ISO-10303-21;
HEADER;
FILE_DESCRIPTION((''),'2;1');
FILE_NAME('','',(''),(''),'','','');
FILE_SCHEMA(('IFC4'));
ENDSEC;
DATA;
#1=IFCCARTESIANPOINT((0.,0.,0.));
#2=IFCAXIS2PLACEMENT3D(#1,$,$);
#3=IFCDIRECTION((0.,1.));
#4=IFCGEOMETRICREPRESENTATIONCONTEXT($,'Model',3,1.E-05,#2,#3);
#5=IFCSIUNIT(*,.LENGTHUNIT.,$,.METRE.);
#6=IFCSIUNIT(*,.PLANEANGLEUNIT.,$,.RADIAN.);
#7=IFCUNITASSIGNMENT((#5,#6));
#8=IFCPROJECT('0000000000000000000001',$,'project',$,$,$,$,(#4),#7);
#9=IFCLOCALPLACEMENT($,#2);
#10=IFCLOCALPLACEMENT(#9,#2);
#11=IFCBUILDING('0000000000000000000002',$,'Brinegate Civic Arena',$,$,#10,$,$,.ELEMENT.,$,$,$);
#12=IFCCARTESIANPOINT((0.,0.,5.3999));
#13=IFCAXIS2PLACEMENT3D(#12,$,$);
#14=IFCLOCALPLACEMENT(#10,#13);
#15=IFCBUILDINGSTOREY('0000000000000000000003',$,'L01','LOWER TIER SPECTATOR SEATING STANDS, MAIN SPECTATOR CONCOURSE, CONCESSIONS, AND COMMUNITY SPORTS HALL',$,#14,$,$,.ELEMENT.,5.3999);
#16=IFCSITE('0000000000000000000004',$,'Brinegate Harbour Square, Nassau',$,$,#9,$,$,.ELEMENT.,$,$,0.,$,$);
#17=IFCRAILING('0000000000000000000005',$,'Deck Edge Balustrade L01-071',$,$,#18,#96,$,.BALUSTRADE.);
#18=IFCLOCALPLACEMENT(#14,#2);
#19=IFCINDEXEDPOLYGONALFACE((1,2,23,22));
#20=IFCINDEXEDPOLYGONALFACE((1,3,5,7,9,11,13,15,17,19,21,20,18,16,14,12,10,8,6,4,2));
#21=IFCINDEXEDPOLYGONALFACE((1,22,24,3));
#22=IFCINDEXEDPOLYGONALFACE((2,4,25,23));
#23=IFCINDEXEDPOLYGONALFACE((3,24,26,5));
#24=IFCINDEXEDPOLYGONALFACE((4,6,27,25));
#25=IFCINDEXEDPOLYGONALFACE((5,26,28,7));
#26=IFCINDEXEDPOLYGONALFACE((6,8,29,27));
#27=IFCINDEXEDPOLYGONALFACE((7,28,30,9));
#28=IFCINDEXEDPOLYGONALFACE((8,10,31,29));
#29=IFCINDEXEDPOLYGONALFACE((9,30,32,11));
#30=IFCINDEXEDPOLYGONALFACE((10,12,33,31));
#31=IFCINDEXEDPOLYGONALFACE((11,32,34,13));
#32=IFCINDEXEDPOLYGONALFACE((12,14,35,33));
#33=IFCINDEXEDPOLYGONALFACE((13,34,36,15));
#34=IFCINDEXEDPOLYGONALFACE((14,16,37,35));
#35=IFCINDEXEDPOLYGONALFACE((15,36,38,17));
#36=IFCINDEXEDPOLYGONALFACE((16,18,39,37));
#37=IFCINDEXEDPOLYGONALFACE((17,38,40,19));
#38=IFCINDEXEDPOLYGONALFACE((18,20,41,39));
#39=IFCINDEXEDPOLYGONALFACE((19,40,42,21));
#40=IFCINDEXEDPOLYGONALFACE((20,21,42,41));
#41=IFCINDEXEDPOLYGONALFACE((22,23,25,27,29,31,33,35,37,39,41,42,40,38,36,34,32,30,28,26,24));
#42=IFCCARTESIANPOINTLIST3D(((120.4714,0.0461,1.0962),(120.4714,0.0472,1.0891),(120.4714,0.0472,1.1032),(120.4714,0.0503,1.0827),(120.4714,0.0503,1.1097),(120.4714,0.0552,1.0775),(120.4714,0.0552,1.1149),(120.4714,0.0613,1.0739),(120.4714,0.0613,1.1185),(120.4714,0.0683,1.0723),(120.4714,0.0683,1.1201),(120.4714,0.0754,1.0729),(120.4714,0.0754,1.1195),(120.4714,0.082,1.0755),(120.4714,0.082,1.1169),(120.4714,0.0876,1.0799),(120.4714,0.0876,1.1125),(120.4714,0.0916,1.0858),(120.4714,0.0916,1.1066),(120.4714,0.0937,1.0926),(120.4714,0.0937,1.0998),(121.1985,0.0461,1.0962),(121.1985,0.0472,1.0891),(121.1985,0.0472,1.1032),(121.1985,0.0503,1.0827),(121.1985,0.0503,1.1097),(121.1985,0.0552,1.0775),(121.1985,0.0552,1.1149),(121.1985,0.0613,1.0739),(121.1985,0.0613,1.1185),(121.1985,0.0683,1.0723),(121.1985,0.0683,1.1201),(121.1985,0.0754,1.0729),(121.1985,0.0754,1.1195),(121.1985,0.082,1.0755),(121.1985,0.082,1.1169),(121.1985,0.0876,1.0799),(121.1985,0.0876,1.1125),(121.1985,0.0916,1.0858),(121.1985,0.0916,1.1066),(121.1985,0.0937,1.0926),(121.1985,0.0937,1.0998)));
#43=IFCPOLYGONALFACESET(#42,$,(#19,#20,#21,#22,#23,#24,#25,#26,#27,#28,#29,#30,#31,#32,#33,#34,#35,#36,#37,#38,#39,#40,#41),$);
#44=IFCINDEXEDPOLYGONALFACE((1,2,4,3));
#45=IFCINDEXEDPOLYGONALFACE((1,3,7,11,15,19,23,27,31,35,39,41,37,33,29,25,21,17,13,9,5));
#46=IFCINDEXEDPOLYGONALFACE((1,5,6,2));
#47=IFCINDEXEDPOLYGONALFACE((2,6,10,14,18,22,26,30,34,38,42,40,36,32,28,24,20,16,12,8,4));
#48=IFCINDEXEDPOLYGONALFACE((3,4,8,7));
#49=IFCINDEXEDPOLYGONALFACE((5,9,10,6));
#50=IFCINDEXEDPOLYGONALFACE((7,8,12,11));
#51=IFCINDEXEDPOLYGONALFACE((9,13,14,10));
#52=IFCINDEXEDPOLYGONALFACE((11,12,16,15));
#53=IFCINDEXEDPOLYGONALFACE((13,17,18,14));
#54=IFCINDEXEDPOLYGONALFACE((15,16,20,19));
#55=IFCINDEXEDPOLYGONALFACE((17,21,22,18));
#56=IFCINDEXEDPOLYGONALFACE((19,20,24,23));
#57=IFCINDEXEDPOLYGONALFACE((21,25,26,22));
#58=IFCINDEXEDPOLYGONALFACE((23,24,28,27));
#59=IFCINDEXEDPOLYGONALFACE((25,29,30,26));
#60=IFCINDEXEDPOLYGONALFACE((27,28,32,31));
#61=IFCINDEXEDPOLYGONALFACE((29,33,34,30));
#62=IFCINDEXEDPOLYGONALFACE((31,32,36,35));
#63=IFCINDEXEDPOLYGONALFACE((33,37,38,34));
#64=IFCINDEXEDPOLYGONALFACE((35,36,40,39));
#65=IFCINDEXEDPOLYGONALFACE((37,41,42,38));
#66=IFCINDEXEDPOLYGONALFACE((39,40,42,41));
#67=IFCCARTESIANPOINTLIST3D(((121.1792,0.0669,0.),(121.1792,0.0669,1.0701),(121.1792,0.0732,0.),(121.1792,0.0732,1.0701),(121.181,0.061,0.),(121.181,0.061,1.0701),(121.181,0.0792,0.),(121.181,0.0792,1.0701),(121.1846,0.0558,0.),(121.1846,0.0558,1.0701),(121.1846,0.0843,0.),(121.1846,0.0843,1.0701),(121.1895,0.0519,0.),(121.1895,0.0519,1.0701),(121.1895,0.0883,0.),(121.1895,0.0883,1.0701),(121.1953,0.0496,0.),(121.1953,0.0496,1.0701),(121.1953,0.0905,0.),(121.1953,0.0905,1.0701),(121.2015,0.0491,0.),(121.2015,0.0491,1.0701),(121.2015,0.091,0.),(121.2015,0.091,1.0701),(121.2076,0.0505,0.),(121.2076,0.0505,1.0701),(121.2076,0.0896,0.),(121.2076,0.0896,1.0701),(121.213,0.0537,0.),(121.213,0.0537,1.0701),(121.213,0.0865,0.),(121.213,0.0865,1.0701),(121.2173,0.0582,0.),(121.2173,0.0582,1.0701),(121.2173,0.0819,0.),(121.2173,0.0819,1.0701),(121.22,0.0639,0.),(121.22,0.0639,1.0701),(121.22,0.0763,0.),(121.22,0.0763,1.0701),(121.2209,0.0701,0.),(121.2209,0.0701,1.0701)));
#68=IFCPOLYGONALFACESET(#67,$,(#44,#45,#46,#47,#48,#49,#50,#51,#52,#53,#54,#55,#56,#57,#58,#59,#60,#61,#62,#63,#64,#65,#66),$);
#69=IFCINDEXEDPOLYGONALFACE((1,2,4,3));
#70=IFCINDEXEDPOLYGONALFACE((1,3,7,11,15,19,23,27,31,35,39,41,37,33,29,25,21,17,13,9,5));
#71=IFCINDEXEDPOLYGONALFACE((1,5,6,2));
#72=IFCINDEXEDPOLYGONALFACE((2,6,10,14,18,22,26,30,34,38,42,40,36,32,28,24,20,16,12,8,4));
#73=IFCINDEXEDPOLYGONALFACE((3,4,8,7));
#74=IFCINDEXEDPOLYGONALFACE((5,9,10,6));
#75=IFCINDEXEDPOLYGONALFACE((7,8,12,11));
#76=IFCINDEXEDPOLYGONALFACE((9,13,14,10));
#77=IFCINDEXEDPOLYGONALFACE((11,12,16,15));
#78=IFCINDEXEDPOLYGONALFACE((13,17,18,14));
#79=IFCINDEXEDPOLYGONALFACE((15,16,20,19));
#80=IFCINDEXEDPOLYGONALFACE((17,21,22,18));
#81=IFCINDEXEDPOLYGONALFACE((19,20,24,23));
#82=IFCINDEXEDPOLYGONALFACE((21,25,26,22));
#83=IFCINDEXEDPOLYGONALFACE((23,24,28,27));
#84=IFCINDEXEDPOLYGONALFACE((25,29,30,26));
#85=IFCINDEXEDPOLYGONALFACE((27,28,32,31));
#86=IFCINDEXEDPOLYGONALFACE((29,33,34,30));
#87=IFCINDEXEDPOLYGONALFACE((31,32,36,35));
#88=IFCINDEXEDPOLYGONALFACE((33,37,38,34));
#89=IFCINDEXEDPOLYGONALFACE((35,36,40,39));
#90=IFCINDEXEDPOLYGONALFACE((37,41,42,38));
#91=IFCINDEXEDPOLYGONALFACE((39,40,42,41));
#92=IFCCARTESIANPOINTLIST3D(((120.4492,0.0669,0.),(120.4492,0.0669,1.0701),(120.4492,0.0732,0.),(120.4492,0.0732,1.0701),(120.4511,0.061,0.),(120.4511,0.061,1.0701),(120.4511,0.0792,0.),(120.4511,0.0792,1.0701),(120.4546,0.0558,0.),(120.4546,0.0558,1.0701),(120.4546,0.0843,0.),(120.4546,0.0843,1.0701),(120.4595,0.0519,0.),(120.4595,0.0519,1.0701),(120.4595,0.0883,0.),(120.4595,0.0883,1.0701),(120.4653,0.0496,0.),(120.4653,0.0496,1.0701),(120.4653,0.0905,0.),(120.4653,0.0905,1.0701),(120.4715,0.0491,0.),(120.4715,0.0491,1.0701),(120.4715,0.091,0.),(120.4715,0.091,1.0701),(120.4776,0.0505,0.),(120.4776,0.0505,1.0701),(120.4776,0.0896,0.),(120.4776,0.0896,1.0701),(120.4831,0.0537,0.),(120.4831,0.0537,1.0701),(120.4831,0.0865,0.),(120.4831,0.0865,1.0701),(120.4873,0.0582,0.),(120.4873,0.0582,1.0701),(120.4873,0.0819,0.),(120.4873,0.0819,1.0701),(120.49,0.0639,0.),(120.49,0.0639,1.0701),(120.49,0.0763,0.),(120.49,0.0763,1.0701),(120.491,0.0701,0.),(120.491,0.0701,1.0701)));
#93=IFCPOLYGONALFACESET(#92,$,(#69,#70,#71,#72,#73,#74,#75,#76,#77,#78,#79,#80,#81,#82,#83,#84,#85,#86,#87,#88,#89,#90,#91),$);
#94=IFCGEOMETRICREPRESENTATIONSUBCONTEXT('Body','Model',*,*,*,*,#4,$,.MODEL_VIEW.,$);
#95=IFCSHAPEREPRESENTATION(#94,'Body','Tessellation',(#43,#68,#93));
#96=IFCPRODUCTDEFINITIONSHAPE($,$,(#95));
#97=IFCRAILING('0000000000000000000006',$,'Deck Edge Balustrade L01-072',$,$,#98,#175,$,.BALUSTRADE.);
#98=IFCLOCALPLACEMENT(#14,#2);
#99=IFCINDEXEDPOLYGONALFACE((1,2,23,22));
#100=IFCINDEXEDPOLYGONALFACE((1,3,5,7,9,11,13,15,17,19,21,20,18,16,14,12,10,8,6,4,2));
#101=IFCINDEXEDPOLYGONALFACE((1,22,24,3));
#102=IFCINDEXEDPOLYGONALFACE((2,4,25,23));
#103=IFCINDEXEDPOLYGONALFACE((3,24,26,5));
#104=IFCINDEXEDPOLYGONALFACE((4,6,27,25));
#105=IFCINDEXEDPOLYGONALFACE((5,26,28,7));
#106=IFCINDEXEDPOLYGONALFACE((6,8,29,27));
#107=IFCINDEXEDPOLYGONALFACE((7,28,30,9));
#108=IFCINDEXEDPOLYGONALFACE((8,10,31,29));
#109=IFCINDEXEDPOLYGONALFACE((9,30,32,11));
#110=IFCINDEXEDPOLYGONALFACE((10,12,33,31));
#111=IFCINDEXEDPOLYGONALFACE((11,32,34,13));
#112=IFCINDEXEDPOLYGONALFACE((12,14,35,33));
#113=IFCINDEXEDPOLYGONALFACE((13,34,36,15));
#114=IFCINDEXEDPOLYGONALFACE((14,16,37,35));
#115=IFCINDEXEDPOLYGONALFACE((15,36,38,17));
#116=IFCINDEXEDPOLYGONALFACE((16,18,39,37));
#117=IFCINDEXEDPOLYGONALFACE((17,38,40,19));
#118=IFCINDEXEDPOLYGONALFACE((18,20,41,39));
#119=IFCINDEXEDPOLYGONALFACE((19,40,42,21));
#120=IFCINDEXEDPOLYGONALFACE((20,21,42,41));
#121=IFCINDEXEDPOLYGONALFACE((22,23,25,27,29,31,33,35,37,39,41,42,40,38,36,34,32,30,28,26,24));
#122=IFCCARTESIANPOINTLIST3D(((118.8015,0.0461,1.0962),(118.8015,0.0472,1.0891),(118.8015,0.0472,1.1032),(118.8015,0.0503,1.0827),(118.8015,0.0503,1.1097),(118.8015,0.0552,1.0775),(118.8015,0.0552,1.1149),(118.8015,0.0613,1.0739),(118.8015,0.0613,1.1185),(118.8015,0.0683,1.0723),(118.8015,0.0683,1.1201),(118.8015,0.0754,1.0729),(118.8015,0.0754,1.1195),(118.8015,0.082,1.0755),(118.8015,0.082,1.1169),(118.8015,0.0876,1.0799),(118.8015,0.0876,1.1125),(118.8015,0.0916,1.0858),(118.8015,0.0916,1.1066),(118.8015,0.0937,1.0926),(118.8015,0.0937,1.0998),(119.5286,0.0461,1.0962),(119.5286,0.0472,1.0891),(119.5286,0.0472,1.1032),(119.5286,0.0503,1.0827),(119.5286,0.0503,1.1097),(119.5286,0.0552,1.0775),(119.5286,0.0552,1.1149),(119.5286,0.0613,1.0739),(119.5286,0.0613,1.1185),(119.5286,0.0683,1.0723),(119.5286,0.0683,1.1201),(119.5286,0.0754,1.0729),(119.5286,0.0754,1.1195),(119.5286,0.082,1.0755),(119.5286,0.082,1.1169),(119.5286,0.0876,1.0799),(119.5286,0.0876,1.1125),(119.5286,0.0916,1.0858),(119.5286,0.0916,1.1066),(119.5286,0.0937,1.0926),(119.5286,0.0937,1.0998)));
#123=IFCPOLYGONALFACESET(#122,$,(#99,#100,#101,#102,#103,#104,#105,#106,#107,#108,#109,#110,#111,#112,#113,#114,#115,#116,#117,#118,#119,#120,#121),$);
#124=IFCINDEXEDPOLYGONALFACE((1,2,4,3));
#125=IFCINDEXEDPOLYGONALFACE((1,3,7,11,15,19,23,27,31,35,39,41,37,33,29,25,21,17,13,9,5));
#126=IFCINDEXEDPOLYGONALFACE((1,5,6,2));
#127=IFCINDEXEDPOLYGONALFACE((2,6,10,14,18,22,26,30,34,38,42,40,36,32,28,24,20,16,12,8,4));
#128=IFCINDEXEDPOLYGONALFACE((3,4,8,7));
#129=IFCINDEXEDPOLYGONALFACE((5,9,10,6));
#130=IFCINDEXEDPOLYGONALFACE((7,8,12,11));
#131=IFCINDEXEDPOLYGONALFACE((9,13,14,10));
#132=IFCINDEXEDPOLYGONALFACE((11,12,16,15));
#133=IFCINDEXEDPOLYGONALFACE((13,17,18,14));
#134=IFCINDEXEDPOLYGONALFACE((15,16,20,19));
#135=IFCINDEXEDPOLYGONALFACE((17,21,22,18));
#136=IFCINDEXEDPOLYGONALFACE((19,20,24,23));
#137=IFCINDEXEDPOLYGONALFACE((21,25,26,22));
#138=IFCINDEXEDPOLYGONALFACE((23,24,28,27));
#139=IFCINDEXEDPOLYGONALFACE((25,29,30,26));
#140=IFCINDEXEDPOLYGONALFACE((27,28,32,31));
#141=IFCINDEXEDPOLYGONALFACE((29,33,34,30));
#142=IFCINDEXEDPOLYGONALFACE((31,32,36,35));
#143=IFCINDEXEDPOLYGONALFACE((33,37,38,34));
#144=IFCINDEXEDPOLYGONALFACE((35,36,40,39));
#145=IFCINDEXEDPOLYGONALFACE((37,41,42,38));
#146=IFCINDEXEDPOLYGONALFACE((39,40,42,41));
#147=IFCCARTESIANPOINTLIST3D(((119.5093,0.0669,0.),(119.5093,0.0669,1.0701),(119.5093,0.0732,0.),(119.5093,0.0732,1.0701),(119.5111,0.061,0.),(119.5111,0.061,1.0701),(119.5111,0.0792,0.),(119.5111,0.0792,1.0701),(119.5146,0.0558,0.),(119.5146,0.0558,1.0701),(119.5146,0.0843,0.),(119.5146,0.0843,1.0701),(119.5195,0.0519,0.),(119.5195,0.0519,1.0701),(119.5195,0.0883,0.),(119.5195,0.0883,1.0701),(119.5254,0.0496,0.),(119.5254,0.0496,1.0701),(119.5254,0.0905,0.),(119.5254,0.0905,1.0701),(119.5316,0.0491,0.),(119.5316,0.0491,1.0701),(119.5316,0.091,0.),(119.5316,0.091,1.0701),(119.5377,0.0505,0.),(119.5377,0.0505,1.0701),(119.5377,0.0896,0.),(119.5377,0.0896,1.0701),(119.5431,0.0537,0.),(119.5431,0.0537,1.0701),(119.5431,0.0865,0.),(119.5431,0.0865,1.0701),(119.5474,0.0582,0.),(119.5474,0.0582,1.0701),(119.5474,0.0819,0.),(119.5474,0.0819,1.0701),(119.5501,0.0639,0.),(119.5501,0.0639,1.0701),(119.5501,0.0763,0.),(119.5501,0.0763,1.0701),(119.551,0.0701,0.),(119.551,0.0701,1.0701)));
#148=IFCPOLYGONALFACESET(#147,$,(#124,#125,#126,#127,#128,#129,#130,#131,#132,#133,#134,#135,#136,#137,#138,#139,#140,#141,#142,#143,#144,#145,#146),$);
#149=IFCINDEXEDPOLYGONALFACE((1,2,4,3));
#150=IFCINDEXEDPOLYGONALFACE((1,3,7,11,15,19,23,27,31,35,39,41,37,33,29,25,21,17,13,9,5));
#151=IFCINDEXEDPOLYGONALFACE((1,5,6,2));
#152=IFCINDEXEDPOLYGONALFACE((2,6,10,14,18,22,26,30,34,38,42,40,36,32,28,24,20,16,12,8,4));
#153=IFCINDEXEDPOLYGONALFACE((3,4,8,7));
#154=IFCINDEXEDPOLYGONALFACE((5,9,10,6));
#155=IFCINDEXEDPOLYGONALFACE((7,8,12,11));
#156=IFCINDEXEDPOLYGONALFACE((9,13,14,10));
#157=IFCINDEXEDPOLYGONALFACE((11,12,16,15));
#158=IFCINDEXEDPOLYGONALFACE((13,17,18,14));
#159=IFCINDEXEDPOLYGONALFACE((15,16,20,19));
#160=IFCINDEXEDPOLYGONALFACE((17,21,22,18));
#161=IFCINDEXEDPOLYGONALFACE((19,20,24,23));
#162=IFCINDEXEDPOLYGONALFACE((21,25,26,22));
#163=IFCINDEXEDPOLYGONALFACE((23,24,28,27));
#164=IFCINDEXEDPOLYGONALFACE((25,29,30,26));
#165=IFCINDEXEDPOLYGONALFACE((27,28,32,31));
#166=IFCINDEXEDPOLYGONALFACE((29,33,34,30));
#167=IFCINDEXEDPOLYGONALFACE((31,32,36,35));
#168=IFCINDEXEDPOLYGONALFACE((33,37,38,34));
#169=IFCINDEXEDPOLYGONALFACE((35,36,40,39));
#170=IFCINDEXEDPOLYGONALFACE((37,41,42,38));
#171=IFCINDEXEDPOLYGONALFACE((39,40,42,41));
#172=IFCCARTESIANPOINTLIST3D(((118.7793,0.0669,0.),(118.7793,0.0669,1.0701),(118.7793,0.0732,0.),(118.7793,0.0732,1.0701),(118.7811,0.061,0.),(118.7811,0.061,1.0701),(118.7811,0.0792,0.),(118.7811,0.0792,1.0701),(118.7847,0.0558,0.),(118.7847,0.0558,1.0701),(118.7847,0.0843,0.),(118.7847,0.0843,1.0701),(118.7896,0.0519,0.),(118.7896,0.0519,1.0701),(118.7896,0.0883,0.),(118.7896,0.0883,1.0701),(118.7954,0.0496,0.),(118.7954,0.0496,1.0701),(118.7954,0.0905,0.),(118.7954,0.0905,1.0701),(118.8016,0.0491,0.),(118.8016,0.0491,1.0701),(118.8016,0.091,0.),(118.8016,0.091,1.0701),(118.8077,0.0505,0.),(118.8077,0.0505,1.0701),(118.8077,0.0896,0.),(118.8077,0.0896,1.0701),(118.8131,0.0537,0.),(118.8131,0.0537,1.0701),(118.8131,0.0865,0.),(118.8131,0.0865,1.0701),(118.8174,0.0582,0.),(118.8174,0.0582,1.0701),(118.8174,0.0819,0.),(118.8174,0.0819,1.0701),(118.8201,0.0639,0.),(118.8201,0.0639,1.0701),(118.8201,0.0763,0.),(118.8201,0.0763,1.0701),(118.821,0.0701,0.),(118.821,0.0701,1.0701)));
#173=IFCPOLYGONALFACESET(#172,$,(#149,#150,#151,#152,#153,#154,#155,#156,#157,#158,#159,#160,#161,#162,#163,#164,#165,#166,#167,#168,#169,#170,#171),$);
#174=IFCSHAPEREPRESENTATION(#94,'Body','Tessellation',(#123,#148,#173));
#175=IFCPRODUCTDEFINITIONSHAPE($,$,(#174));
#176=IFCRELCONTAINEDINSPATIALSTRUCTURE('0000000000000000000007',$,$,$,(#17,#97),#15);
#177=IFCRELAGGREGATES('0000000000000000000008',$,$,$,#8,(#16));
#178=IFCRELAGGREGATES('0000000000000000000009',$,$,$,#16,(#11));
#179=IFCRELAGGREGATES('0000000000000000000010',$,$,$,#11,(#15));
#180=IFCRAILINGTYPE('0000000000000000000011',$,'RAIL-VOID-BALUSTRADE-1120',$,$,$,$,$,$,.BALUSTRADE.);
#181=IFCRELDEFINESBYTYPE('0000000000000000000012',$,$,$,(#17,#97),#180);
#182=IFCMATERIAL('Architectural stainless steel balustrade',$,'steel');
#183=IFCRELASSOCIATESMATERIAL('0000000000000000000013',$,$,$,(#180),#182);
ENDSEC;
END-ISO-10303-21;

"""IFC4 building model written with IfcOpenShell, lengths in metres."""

from ifc_helpers import new_model, si_unit, direction, frame, origin, origin_2d, place, context, subcontext, project, spatial, circle, extrude, material, type_object, element, save


model = new_model("IFC4")

# Units and contexts
model_context = context("Model", 3, precision=1e-05, world=origin(), true_north=direction((0.0, 1.0)))
body_context = subcontext(model_context, "Body", "Model", "MODEL_VIEW")
ifc_project = project(units=[si_unit("LENGTHUNIT", "METRE"), si_unit("PLANEANGLEUNIT", "RADIAN")], contexts=[model_context])

# Site, building, storey
site_placement = place(None, origin())
site = spatial("IfcSite", under=ifc_project, at=site_placement, Name="Brinegate Harbour Square, Nassau", CompositionType="ELEMENT", RefElevation=0.0)
building_placement = place(site_placement, origin())
building = spatial("IfcBuilding", under=site, at=building_placement, Name="Brinegate Civic Arena", CompositionType="ELEMENT")
storey_placement = place(building_placement, frame((0.0, 0.0, 5.3999)))
storey = spatial("IfcBuildingStorey", under=building, at=storey_placement, Name="L01", Description="LOWER TIER SPECTATOR SEATING STANDS, MAIN SPECTATOR CONCOURSE, CONCESSIONS, AND COMMUNITY SPORTS HALL", CompositionType="ELEMENT", Elevation=5.3999)

# Railings
ifc_material_1 = material(Name="Architectural stainless steel balustrade", Category="steel")
railing_type_1 = type_object("IfcRailingType", Name="RAIL-VOID-BALUSTRADE-1120", PredefinedType="BALUSTRADE", material=ifc_material_1)
for number, where, name in (
    (1, (121.2, 0.0701, 0.0), "Deck Edge Balustrade L01-071"),
    (2, (119.53, 0.0701, 0.0), "Deck Edge Balustrade L01-072"),
):
    element("IfcRailing", number, at=place(storey_placement, frame(where)), inside=storey, type_object=railing_type_1, Name=name, PredefinedType="BALUSTRADE", context=body_context, shape_type="SweptSolid", body=[
        extrude(circle(Radius=0.0239, at=origin_2d()), frame((-0.0015, 0.0, 1.0962), z_axis=(-1.0, 0.0, 0.0), x_axis=(0.0, -1.0, 0.0)), (0.0, 0.0, 1.0), 0.7271),
        extrude(circle(Radius=0.021, at=origin_2d()), origin(), (0.0, 0.0, 1.0), 1.0701),
        extrude(circle(Radius=0.021, at=origin_2d()), frame((-0.73, 0.0, 0.0)), (0.0, 0.0, 1.0), 1.0701),
    ])

save(model, "model.ifc")
